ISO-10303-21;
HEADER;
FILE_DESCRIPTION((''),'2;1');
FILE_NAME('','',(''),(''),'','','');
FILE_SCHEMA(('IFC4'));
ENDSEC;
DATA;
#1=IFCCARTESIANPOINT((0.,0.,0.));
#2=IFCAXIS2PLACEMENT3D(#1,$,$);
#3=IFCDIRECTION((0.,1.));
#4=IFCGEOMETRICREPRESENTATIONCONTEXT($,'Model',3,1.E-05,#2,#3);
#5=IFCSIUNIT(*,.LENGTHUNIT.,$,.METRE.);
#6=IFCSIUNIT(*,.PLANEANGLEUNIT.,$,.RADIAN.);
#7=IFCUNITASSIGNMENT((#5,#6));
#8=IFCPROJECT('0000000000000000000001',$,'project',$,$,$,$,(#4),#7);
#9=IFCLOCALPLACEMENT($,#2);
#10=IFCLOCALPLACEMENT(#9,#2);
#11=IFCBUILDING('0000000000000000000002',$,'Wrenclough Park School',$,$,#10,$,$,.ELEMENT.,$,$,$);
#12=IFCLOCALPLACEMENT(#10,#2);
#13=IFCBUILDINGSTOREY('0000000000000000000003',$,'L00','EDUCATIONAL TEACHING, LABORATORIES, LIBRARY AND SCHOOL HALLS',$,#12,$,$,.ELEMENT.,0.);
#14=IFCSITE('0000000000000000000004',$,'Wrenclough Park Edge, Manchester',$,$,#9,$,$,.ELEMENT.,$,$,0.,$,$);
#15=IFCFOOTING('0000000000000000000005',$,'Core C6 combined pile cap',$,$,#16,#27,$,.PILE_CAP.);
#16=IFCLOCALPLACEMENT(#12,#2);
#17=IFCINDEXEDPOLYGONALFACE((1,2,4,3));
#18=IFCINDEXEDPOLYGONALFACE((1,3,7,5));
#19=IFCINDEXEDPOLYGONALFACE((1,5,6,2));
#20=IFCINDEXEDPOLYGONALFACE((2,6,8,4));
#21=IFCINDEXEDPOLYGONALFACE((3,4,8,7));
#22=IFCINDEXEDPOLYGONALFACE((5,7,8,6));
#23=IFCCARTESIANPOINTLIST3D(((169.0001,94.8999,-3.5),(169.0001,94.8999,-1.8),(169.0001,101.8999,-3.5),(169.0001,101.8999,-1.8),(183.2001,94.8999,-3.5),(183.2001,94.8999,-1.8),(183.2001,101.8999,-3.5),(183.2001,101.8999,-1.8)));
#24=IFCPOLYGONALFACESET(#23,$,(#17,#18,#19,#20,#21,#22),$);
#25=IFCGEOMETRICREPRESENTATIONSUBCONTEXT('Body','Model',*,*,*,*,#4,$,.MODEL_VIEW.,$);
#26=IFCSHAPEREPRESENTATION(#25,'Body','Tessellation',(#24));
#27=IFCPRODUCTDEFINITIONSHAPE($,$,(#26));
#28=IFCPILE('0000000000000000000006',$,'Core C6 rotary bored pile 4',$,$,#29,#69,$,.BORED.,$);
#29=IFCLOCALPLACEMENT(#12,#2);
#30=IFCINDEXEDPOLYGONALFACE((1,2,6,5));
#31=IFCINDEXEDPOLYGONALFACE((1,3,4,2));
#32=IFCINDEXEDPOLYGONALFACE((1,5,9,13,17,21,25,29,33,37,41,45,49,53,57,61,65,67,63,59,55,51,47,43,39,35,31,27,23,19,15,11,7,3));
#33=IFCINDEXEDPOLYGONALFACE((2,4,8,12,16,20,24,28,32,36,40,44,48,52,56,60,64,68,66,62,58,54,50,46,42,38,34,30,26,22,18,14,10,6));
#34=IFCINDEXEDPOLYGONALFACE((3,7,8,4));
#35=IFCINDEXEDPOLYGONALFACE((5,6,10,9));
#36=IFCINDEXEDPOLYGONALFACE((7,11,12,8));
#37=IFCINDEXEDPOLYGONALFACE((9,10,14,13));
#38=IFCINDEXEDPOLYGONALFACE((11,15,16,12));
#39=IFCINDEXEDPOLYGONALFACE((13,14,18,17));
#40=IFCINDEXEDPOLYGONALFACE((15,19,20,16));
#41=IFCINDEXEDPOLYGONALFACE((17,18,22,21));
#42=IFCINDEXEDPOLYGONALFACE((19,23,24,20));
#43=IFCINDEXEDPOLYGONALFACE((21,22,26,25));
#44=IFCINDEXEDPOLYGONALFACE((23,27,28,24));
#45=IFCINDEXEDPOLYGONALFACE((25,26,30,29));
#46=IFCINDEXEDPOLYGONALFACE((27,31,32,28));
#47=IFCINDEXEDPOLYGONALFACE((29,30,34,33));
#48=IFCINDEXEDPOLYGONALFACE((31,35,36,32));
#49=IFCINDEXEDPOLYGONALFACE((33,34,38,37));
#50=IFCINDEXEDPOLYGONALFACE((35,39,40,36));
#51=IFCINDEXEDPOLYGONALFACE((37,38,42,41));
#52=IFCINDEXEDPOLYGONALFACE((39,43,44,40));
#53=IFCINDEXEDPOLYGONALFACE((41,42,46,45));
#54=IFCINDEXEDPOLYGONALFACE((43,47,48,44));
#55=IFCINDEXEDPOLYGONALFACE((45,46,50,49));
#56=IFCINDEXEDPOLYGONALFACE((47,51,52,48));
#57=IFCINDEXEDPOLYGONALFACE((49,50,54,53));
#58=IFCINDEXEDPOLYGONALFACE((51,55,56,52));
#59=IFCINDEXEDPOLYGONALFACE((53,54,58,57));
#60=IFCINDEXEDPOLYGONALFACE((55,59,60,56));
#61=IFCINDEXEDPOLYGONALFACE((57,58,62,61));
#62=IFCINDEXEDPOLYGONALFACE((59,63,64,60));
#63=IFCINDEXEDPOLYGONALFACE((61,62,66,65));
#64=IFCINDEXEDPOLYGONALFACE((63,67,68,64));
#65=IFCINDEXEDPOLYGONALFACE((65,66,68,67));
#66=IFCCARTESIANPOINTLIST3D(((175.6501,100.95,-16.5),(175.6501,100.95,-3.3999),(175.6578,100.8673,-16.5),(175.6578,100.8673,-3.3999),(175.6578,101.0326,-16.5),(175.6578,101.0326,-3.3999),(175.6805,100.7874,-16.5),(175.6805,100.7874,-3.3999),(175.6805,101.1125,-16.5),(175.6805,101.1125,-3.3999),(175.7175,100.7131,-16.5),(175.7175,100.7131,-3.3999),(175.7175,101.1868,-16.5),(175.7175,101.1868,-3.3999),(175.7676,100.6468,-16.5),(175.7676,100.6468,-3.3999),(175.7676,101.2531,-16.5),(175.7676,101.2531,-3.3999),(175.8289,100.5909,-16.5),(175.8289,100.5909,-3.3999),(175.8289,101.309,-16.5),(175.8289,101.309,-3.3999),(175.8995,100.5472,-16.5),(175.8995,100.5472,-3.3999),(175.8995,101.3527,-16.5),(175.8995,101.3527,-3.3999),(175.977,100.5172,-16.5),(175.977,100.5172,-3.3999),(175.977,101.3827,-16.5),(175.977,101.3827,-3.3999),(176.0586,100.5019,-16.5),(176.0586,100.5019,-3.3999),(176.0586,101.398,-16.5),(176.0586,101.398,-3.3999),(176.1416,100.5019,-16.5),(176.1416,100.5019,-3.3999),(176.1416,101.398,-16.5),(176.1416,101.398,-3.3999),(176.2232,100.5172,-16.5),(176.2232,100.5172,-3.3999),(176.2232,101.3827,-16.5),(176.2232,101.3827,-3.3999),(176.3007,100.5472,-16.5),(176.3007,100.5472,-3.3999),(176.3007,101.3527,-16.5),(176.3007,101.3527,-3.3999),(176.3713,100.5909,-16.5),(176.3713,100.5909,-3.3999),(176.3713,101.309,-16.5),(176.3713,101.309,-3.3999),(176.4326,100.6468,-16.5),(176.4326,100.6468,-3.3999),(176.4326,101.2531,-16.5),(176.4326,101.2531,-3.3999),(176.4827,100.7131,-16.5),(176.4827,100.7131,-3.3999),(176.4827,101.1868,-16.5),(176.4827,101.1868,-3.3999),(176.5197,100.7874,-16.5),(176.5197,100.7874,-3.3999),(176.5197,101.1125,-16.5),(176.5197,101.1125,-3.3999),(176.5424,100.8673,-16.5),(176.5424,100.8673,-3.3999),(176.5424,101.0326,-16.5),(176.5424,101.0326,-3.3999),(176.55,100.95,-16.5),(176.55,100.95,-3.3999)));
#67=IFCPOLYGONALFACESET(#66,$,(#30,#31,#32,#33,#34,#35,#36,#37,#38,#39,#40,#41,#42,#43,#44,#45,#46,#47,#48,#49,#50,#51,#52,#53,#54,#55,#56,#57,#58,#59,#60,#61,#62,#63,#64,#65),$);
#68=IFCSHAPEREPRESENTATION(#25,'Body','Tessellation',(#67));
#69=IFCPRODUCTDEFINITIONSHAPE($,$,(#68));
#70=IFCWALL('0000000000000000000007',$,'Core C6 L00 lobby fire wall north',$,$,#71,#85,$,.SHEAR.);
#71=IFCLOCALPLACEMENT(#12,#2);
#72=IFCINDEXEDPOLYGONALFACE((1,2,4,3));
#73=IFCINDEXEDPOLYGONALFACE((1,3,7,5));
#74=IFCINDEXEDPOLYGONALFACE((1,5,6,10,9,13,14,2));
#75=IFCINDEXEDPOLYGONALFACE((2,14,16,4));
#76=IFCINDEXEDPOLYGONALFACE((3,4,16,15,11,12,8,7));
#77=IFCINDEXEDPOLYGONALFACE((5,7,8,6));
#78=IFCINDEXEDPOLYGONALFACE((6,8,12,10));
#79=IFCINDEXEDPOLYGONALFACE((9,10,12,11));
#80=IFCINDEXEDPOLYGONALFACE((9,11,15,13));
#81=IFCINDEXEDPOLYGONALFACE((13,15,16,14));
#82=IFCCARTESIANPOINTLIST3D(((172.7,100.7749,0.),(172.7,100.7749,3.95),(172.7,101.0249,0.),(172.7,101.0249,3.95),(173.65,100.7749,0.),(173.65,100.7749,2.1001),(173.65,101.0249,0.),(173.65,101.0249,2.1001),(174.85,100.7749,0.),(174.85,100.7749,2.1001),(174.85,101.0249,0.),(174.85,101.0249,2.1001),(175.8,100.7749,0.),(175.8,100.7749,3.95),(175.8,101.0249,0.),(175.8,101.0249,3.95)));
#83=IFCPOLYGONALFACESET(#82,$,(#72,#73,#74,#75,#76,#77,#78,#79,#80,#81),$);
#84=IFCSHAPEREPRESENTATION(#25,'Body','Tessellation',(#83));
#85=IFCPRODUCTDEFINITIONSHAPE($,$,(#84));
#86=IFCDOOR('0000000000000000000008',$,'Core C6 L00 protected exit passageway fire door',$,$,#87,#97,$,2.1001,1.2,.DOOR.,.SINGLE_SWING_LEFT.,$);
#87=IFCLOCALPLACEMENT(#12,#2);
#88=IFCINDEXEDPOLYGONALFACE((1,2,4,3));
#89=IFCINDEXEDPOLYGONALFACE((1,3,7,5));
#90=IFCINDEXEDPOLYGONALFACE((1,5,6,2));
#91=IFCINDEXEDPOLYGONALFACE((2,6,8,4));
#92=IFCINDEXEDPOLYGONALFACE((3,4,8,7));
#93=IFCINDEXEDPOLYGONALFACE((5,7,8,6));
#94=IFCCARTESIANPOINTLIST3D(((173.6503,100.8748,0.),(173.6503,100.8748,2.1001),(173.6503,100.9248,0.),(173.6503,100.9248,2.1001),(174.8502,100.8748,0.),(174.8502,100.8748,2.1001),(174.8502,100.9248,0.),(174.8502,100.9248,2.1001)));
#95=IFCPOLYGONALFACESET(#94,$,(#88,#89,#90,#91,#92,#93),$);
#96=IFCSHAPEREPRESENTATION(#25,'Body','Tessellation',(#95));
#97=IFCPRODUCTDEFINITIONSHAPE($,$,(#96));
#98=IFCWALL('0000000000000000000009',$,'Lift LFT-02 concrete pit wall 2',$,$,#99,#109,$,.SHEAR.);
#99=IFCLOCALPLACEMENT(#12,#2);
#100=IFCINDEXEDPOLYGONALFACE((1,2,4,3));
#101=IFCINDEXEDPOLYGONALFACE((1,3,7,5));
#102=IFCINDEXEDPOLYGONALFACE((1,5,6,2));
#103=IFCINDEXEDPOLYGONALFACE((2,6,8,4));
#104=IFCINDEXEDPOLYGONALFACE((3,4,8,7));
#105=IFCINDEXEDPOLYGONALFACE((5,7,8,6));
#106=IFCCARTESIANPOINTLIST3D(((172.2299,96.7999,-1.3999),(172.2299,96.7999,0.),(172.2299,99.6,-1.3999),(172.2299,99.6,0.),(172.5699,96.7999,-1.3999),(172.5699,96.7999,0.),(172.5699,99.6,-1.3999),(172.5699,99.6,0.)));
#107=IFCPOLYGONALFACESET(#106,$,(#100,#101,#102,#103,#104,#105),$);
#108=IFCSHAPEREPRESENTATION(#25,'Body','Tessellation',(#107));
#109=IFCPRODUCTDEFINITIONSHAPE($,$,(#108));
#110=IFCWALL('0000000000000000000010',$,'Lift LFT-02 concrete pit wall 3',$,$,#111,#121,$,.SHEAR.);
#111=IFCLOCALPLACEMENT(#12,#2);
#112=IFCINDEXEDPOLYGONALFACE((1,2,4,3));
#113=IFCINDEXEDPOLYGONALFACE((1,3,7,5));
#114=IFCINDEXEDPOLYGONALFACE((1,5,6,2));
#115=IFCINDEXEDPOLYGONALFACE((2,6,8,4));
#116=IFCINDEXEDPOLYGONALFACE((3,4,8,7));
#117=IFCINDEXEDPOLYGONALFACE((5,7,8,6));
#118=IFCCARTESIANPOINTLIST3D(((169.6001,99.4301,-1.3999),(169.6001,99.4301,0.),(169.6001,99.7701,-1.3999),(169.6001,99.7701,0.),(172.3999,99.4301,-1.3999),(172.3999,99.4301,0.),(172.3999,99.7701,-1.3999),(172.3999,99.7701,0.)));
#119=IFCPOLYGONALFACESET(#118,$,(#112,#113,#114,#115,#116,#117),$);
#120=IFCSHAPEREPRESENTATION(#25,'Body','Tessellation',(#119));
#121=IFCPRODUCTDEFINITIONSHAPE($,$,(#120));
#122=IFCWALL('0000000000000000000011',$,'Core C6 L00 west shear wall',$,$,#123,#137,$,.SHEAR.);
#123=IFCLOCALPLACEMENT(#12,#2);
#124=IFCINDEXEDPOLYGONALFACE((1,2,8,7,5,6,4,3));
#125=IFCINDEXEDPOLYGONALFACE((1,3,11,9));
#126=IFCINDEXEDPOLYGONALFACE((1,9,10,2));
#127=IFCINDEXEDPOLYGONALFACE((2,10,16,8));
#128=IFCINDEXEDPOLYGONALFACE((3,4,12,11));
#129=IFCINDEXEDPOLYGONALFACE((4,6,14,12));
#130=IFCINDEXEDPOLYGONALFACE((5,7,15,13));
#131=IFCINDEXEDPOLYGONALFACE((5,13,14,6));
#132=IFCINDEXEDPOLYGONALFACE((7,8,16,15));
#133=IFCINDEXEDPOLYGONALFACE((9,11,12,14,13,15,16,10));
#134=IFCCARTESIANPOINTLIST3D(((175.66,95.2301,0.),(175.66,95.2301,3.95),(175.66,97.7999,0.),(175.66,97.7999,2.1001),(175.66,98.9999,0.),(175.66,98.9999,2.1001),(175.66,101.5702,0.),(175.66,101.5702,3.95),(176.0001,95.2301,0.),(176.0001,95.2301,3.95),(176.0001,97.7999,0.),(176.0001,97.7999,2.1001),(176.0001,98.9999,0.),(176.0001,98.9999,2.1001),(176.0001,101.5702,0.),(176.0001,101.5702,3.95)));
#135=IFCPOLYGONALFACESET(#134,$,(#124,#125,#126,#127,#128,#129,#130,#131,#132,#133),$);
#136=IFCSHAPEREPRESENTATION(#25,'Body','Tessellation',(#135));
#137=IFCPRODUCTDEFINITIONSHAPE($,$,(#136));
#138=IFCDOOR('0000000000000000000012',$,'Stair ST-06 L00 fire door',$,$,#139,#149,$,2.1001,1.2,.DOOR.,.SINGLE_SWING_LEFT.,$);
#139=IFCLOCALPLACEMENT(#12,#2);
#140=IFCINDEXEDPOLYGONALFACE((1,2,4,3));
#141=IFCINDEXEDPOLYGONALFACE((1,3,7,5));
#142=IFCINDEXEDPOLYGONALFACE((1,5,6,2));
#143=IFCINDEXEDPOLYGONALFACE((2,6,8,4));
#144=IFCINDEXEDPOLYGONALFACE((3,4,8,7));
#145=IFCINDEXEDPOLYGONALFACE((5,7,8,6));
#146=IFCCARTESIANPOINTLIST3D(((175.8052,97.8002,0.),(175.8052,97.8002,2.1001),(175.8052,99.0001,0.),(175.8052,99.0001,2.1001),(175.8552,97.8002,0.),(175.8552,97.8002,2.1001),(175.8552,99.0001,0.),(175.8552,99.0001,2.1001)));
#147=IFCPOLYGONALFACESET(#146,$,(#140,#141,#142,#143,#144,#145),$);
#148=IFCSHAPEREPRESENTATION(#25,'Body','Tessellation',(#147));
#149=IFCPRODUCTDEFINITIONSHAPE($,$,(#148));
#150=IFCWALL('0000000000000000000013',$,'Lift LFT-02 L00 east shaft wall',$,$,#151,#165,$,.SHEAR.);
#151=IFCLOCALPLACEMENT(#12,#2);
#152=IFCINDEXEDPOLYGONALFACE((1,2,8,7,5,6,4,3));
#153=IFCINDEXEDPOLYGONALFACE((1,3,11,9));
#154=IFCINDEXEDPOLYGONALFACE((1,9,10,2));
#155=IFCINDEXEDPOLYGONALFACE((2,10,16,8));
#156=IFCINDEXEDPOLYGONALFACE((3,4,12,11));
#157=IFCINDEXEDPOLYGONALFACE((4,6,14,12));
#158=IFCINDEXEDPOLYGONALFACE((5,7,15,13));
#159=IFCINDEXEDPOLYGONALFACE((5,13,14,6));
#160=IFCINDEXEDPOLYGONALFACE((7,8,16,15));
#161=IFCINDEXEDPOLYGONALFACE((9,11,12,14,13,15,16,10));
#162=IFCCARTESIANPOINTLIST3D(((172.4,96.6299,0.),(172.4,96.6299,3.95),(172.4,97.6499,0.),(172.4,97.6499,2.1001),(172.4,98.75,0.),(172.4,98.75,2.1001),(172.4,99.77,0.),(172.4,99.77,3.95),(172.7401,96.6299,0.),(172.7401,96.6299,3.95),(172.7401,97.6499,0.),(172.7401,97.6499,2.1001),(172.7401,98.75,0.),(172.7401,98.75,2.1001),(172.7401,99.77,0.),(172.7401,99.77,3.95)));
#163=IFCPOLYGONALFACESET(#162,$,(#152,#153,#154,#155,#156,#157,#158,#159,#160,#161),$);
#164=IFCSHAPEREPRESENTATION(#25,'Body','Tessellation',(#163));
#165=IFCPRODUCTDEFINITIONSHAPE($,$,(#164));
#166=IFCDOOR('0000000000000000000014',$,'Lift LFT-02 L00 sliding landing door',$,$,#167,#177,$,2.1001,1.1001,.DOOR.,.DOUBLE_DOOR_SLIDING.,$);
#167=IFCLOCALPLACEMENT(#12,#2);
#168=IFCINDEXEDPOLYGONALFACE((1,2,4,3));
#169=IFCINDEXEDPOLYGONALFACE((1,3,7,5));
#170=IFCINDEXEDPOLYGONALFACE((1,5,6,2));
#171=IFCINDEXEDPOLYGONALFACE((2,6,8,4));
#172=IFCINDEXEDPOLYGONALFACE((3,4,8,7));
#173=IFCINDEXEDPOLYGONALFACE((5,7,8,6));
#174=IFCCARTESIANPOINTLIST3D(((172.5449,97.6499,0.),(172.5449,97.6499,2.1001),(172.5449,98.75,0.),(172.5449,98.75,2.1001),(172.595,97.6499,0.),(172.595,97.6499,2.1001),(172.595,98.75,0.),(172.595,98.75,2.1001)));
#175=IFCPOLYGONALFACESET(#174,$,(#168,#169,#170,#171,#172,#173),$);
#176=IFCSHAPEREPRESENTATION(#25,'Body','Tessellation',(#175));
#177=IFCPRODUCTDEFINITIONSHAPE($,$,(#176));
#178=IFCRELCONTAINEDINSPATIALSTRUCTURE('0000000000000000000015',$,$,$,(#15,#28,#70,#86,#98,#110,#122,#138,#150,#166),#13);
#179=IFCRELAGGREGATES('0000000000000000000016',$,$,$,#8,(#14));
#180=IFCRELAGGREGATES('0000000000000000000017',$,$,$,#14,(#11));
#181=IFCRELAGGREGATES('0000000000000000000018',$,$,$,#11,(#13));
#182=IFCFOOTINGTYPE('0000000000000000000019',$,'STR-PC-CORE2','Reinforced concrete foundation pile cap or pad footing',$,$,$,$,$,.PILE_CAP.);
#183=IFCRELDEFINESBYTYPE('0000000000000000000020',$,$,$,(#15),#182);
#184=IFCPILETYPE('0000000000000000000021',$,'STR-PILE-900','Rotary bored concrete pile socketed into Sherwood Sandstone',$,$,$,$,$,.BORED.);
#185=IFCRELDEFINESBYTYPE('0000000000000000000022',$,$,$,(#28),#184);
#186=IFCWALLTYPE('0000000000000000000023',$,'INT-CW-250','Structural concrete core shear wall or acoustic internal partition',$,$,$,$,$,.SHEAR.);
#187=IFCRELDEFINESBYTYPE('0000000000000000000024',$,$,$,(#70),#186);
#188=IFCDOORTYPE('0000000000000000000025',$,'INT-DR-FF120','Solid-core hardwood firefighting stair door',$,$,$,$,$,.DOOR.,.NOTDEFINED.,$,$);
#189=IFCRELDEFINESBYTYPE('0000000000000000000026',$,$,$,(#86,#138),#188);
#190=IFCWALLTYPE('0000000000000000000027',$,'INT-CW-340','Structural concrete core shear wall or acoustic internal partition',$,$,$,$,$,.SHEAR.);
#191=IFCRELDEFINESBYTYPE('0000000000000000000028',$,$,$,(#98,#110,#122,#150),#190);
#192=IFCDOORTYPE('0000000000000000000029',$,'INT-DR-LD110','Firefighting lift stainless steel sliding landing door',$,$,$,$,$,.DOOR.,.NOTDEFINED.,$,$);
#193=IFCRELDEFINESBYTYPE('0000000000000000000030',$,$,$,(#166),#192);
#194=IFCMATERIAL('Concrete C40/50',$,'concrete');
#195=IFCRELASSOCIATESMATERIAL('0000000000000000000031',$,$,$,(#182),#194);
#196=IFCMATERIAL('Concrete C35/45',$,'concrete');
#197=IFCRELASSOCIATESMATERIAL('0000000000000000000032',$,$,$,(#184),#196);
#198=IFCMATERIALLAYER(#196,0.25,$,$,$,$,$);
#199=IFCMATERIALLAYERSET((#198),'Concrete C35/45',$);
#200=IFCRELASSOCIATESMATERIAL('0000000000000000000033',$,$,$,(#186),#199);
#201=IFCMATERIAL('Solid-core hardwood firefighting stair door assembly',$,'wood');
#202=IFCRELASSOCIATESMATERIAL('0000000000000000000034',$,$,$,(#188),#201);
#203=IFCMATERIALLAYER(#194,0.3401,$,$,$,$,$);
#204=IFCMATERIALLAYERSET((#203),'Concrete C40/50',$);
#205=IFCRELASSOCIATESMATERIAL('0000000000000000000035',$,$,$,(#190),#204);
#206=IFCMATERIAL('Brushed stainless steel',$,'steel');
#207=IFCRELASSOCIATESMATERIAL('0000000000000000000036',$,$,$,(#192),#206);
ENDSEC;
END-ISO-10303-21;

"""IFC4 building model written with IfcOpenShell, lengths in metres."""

from ifc_helpers import new_model, si_unit, direction, frame, frame_2d, origin, origin_2d, place, context, subcontext, project, spatial, rectangle, circle, extrude, material, layer, layer_set, material_profile, profile_set, type_object, element, fill, save


model = new_model("IFC4")

# Units and contexts
model_context = context("Model", 3, precision=1e-05, world=origin(), true_north=direction((0.0, 1.0)))
body_context = subcontext(model_context, "Body", "Model", "MODEL_VIEW")
ifc_project = project(units=[si_unit("LENGTHUNIT", "METRE"), si_unit("PLANEANGLEUNIT", "RADIAN")], contexts=[model_context])

# Site, building, storey
site_placement = place(None, origin())
site = spatial("IfcSite", under=ifc_project, at=site_placement, Name="Wrenclough Park Edge, Manchester", CompositionType="ELEMENT", RefElevation=0.0)
building_placement = place(site_placement, origin())
building = spatial("IfcBuilding", under=site, at=building_placement, Name="Wrenclough Park School", CompositionType="ELEMENT")
storey_placement = place(building_placement, origin())
storey = spatial("IfcBuildingStorey", under=building, at=storey_placement, Name="L00", Description="EDUCATIONAL TEACHING, LABORATORIES, LIBRARY AND SCHOOL HALLS", CompositionType="ELEMENT", Elevation=0.0)

# Footing
ifc_material_1 = material(Name="Concrete C40/50", Category="concrete")
footing_type = type_object("IfcFootingType", Name="STR-PC-CORE2", Description="Reinforced concrete foundation pile cap or pad footing", PredefinedType="PILE_CAP", material=ifc_material_1)
footing_placement = place(storey_placement, frame((176.1001, 98.3999, -3.5), z_axis=(0.0, 0.0, 1.0), x_axis=(1.0, 0.0, 0.0)))
element("IfcFooting", 1, at=footing_placement, inside=storey, type_object=footing_type, Name="Core C6 combined pile cap", PredefinedType="PILE_CAP", context=body_context, shape_type="SweptSolid", body=[
    extrude(rectangle(XDim=14.2, YDim=7.0, at=origin_2d()), origin(), (0.0, 0.0, 1.0), 1.7),
])

# Pile
ifc_material_2 = material(Name="Concrete C35/45", Category="concrete")
ifc_material_profile = material_profile(ifc_material_2, circle(Radius=0.45, at=origin_2d()), Name="BORED PILE D900")
ifc_profile_set = profile_set([ifc_material_profile], Name="Concrete C35/45")
pile_type = type_object("IfcPileType", Name="STR-PILE-900", Description="Rotary bored concrete pile socketed into Sherwood Sandstone", PredefinedType="BORED", material=ifc_profile_set)
pile_placement = place(storey_placement, frame((176.1001, 100.95, -3.3999), z_axis=(0.0, 0.0, -1.0), x_axis=(1.0, 0.0, 0.0)))
element("IfcPile", 2, at=pile_placement, inside=storey, type_object=pile_type, Name="Core C6 rotary bored pile 4", PredefinedType="BORED", context=body_context, shape_type="SweptSolid", body=[
    extrude(circle(Radius=0.45, at=origin_2d()), origin(), (0.0, 0.0, 1.0), 13.1001),
])

# Wall, opening, door
ifc_layer_1 = layer(ifc_material_2, 0.25)
ifc_layer_set_1 = layer_set([ifc_layer_1], Name="Concrete C35/45")
wall_type_1 = type_object("IfcWallType", Name="INT-CW-250", Description="Structural concrete core shear wall or acoustic internal partition", PredefinedType="SHEAR", material=ifc_layer_set_1)
wall_1_placement = place(storey_placement, frame((175.8, 100.8999, 0.0), z_axis=(0.0, 0.0, 1.0), x_axis=(-1.0, 0.0, 0.0)))
wall_1 = element("IfcWall", 3, at=wall_1_placement, inside=storey, type_object=wall_type_1, Name="Core C6 L00 lobby fire wall north", PredefinedType="SHEAR", context=body_context, shape_type="SweptSolid", body=[
    extrude(rectangle(XDim=3.1001, YDim=0.25, at=frame_2d((1.55, 0.0))), origin(), (0.0, 0.0, 1.0), 3.95),
])
opening_1_placement = place(wall_1_placement, frame((0.95, 0.0, 0.0)))
opening_1 = element("IfcOpeningElement", 4, at=opening_1_placement, cuts=wall_1, PredefinedType="OPENING", context=body_context, shape_type="SweptSolid", body=[
    extrude(rectangle(XDim=1.2, YDim=2.1001, at=frame_2d((0.6001, 1.05))), frame((0.0, 0.135, 0.0), z_axis=(0.0, -1.0, 0.0), x_axis=(1.0, 0.0, 0.0)), (0.0, 0.0, 1.0), 0.27),
])
ifc_material_3 = material(Name="Solid-core hardwood firefighting stair door assembly", Category="wood")
door_type_1 = type_object("IfcDoorType", Name="INT-DR-FF120", Description="Solid-core hardwood firefighting stair door", OperationType="NOTDEFINED", PredefinedType="DOOR", material=ifc_material_3)
door_1_placement = place(opening_1_placement, frame((1.2, 0.0, 0.0), z_axis=(0.0, 0.0, 1.0), x_axis=(-1.0, 0.0, 0.0)))
door_1 = element("IfcDoor", 5, at=door_1_placement, inside=storey, type_object=door_type_1, Name="Core C6 L00 protected exit passageway fire door", OperationType="SINGLE_SWING_LEFT", OverallHeight=2.1001, OverallWidth=1.2, PredefinedType="DOOR", context=body_context, shape_type="SweptSolid", body=[
    extrude(rectangle(XDim=1.2, YDim=2.1001, at=frame_2d((0.6001, 1.05))), frame((0.0, 0.0249, 0.0), z_axis=(0.0, -1.0, 0.0), x_axis=(1.0, 0.0, 0.0)), (0.0, 0.0, 1.0), 0.05),
])
fill(opening_1, door_1)

# Walls
ifc_layer_2 = layer(ifc_material_1, 0.3401)
ifc_layer_set_2 = layer_set([ifc_layer_2], Name="Concrete C40/50")
wall_type_2 = type_object("IfcWallType", Name="INT-CW-340", Description="Structural concrete core shear wall or acoustic internal partition", PredefinedType="SHEAR", material=ifc_layer_set_2)
wall_2_placement = place(storey_placement, frame((172.3999, 96.8, -1.3999), z_axis=(0.0, 0.0, 1.0), x_axis=(0.0, 1.0, 0.0)))
element("IfcWall", 6, at=wall_2_placement, inside=storey, type_object=wall_type_2, Name="Lift LFT-02 concrete pit wall 2", PredefinedType="SHEAR", context=body_context, shape_type="SweptSolid", body=[
    extrude(rectangle(XDim=2.8, YDim=0.3401, at=frame_2d((1.3999, 0.0))), origin(), (0.0, 0.0, 1.0), 1.3999),
])
wall_3_placement = place(storey_placement, frame((172.3999, 99.6001, -1.3999), z_axis=(0.0, 0.0, 1.0), x_axis=(-1.0, 0.0, 0.0)))
element("IfcWall", 7, at=wall_3_placement, inside=storey, type_object=wall_type_2, Name="Lift LFT-02 concrete pit wall 3", PredefinedType="SHEAR", context=body_context, shape_type="SweptSolid", body=[
    extrude(rectangle(XDim=2.7998, YDim=0.3401, at=frame_2d((1.3999, 0.0))), origin(), (0.0, 0.0, 1.0), 1.3999),
])

# Walls, openings, doors
wall_4_placement = place(storey_placement, frame((175.8301, 101.5701, 0.0), z_axis=(0.0, 0.0, 1.0), x_axis=(0.0, -1.0, 0.0)))
wall_4 = element("IfcWall", 8, at=wall_4_placement, inside=storey, type_object=wall_type_2, Name="Core C6 L00 west shear wall", PredefinedType="SHEAR", context=body_context, shape_type="SweptSolid", body=[
    extrude(rectangle(XDim=6.3401, YDim=0.3401, at=frame_2d((3.1699, 0.0))), origin(), (0.0, 0.0, 1.0), 3.95),
])
opening_2_placement = place(wall_4_placement, frame((2.5701, 0.0, 0.0)))
opening_2 = element("IfcOpeningElement", 9, at=opening_2_placement, cuts=wall_4, PredefinedType="OPENING", context=body_context, shape_type="SweptSolid", body=[
    extrude(rectangle(XDim=1.2, YDim=2.1001, at=frame_2d((0.6001, 1.05))), frame((0.0, 0.1799, 0.0), z_axis=(0.0, -1.0, 0.0), x_axis=(1.0, 0.0, 0.0)), (0.0, 0.0, 1.0), 0.3601),
])
door_2_placement = place(opening_2_placement, frame((1.2, 0.0, 0.0), z_axis=(0.0, 0.0, 1.0), x_axis=(-1.0, 0.0, 0.0)))
door_2 = element("IfcDoor", 10, at=door_2_placement, inside=storey, type_object=door_type_1, Name="Stair ST-06 L00 fire door", OperationType="SINGLE_SWING_LEFT", OverallHeight=2.1001, OverallWidth=1.2, PredefinedType="DOOR", context=body_context, shape_type="SweptSolid", body=[
    extrude(rectangle(XDim=1.2, YDim=2.1001, at=frame_2d((0.6001, 1.05))), frame((0.0, 0.0249, 0.0), z_axis=(0.0, -1.0, 0.0), x_axis=(1.0, 0.0, 0.0)), (0.0, 0.0, 1.0), 0.05),
])
fill(opening_2, door_2)
wall_5_placement = place(storey_placement, frame((172.5701, 96.6299, 0.0), z_axis=(0.0, 0.0, 1.0), x_axis=(0.0, 1.0, 0.0)))
wall_5 = element("IfcWall", 11, at=wall_5_placement, inside=storey, type_object=wall_type_2, Name="Lift LFT-02 L00 east shaft wall", PredefinedType="SHEAR", context=body_context, shape_type="SweptSolid", body=[
    extrude(rectangle(XDim=3.1401, YDim=0.3401, at=frame_2d((1.5701, 0.0))), origin(), (0.0, 0.0, 1.0), 3.95),
])
opening_3_placement = place(wall_5_placement, frame((1.02, 0.0, 0.0)))
opening_3 = element("IfcOpeningElement", 12, at=opening_3_placement, cuts=wall_5, PredefinedType="OPENING", context=body_context, shape_type="SweptSolid", body=[
    extrude(rectangle(XDim=1.1001, YDim=2.1001, at=frame_2d((0.55, 1.05))), frame((0.0, 0.1799, 0.0), z_axis=(0.0, -1.0, 0.0), x_axis=(1.0, 0.0, 0.0)), (0.0, 0.0, 1.0), 0.3601),
])
ifc_material_4 = material(Name="Brushed stainless steel", Category="steel")
door_type_2 = type_object("IfcDoorType", Name="INT-DR-LD110", Description="Firefighting lift stainless steel sliding landing door", OperationType="NOTDEFINED", PredefinedType="DOOR", material=ifc_material_4)
door_3_placement = place(opening_3_placement, frame((1.1001, 0.0, 0.0), z_axis=(0.0, 0.0, 1.0), x_axis=(-1.0, 0.0, 0.0)))
door_3 = element("IfcDoor", 13, at=door_3_placement, inside=storey, type_object=door_type_2, Name="Lift LFT-02 L00 sliding landing door", OperationType="DOUBLE_DOOR_SLIDING", OverallHeight=2.1001, OverallWidth=1.1001, PredefinedType="DOOR", context=body_context, shape_type="SweptSolid", body=[
    extrude(rectangle(XDim=1.1001, YDim=2.1001, at=frame_2d((0.55, 1.05))), frame((0.0, 0.0249, 0.0), z_axis=(0.0, -1.0, 0.0), x_axis=(1.0, 0.0, 0.0)), (0.0, 0.0, 1.0), 0.05),
])
fill(opening_3, door_3)

save(model, "model.ifc")
